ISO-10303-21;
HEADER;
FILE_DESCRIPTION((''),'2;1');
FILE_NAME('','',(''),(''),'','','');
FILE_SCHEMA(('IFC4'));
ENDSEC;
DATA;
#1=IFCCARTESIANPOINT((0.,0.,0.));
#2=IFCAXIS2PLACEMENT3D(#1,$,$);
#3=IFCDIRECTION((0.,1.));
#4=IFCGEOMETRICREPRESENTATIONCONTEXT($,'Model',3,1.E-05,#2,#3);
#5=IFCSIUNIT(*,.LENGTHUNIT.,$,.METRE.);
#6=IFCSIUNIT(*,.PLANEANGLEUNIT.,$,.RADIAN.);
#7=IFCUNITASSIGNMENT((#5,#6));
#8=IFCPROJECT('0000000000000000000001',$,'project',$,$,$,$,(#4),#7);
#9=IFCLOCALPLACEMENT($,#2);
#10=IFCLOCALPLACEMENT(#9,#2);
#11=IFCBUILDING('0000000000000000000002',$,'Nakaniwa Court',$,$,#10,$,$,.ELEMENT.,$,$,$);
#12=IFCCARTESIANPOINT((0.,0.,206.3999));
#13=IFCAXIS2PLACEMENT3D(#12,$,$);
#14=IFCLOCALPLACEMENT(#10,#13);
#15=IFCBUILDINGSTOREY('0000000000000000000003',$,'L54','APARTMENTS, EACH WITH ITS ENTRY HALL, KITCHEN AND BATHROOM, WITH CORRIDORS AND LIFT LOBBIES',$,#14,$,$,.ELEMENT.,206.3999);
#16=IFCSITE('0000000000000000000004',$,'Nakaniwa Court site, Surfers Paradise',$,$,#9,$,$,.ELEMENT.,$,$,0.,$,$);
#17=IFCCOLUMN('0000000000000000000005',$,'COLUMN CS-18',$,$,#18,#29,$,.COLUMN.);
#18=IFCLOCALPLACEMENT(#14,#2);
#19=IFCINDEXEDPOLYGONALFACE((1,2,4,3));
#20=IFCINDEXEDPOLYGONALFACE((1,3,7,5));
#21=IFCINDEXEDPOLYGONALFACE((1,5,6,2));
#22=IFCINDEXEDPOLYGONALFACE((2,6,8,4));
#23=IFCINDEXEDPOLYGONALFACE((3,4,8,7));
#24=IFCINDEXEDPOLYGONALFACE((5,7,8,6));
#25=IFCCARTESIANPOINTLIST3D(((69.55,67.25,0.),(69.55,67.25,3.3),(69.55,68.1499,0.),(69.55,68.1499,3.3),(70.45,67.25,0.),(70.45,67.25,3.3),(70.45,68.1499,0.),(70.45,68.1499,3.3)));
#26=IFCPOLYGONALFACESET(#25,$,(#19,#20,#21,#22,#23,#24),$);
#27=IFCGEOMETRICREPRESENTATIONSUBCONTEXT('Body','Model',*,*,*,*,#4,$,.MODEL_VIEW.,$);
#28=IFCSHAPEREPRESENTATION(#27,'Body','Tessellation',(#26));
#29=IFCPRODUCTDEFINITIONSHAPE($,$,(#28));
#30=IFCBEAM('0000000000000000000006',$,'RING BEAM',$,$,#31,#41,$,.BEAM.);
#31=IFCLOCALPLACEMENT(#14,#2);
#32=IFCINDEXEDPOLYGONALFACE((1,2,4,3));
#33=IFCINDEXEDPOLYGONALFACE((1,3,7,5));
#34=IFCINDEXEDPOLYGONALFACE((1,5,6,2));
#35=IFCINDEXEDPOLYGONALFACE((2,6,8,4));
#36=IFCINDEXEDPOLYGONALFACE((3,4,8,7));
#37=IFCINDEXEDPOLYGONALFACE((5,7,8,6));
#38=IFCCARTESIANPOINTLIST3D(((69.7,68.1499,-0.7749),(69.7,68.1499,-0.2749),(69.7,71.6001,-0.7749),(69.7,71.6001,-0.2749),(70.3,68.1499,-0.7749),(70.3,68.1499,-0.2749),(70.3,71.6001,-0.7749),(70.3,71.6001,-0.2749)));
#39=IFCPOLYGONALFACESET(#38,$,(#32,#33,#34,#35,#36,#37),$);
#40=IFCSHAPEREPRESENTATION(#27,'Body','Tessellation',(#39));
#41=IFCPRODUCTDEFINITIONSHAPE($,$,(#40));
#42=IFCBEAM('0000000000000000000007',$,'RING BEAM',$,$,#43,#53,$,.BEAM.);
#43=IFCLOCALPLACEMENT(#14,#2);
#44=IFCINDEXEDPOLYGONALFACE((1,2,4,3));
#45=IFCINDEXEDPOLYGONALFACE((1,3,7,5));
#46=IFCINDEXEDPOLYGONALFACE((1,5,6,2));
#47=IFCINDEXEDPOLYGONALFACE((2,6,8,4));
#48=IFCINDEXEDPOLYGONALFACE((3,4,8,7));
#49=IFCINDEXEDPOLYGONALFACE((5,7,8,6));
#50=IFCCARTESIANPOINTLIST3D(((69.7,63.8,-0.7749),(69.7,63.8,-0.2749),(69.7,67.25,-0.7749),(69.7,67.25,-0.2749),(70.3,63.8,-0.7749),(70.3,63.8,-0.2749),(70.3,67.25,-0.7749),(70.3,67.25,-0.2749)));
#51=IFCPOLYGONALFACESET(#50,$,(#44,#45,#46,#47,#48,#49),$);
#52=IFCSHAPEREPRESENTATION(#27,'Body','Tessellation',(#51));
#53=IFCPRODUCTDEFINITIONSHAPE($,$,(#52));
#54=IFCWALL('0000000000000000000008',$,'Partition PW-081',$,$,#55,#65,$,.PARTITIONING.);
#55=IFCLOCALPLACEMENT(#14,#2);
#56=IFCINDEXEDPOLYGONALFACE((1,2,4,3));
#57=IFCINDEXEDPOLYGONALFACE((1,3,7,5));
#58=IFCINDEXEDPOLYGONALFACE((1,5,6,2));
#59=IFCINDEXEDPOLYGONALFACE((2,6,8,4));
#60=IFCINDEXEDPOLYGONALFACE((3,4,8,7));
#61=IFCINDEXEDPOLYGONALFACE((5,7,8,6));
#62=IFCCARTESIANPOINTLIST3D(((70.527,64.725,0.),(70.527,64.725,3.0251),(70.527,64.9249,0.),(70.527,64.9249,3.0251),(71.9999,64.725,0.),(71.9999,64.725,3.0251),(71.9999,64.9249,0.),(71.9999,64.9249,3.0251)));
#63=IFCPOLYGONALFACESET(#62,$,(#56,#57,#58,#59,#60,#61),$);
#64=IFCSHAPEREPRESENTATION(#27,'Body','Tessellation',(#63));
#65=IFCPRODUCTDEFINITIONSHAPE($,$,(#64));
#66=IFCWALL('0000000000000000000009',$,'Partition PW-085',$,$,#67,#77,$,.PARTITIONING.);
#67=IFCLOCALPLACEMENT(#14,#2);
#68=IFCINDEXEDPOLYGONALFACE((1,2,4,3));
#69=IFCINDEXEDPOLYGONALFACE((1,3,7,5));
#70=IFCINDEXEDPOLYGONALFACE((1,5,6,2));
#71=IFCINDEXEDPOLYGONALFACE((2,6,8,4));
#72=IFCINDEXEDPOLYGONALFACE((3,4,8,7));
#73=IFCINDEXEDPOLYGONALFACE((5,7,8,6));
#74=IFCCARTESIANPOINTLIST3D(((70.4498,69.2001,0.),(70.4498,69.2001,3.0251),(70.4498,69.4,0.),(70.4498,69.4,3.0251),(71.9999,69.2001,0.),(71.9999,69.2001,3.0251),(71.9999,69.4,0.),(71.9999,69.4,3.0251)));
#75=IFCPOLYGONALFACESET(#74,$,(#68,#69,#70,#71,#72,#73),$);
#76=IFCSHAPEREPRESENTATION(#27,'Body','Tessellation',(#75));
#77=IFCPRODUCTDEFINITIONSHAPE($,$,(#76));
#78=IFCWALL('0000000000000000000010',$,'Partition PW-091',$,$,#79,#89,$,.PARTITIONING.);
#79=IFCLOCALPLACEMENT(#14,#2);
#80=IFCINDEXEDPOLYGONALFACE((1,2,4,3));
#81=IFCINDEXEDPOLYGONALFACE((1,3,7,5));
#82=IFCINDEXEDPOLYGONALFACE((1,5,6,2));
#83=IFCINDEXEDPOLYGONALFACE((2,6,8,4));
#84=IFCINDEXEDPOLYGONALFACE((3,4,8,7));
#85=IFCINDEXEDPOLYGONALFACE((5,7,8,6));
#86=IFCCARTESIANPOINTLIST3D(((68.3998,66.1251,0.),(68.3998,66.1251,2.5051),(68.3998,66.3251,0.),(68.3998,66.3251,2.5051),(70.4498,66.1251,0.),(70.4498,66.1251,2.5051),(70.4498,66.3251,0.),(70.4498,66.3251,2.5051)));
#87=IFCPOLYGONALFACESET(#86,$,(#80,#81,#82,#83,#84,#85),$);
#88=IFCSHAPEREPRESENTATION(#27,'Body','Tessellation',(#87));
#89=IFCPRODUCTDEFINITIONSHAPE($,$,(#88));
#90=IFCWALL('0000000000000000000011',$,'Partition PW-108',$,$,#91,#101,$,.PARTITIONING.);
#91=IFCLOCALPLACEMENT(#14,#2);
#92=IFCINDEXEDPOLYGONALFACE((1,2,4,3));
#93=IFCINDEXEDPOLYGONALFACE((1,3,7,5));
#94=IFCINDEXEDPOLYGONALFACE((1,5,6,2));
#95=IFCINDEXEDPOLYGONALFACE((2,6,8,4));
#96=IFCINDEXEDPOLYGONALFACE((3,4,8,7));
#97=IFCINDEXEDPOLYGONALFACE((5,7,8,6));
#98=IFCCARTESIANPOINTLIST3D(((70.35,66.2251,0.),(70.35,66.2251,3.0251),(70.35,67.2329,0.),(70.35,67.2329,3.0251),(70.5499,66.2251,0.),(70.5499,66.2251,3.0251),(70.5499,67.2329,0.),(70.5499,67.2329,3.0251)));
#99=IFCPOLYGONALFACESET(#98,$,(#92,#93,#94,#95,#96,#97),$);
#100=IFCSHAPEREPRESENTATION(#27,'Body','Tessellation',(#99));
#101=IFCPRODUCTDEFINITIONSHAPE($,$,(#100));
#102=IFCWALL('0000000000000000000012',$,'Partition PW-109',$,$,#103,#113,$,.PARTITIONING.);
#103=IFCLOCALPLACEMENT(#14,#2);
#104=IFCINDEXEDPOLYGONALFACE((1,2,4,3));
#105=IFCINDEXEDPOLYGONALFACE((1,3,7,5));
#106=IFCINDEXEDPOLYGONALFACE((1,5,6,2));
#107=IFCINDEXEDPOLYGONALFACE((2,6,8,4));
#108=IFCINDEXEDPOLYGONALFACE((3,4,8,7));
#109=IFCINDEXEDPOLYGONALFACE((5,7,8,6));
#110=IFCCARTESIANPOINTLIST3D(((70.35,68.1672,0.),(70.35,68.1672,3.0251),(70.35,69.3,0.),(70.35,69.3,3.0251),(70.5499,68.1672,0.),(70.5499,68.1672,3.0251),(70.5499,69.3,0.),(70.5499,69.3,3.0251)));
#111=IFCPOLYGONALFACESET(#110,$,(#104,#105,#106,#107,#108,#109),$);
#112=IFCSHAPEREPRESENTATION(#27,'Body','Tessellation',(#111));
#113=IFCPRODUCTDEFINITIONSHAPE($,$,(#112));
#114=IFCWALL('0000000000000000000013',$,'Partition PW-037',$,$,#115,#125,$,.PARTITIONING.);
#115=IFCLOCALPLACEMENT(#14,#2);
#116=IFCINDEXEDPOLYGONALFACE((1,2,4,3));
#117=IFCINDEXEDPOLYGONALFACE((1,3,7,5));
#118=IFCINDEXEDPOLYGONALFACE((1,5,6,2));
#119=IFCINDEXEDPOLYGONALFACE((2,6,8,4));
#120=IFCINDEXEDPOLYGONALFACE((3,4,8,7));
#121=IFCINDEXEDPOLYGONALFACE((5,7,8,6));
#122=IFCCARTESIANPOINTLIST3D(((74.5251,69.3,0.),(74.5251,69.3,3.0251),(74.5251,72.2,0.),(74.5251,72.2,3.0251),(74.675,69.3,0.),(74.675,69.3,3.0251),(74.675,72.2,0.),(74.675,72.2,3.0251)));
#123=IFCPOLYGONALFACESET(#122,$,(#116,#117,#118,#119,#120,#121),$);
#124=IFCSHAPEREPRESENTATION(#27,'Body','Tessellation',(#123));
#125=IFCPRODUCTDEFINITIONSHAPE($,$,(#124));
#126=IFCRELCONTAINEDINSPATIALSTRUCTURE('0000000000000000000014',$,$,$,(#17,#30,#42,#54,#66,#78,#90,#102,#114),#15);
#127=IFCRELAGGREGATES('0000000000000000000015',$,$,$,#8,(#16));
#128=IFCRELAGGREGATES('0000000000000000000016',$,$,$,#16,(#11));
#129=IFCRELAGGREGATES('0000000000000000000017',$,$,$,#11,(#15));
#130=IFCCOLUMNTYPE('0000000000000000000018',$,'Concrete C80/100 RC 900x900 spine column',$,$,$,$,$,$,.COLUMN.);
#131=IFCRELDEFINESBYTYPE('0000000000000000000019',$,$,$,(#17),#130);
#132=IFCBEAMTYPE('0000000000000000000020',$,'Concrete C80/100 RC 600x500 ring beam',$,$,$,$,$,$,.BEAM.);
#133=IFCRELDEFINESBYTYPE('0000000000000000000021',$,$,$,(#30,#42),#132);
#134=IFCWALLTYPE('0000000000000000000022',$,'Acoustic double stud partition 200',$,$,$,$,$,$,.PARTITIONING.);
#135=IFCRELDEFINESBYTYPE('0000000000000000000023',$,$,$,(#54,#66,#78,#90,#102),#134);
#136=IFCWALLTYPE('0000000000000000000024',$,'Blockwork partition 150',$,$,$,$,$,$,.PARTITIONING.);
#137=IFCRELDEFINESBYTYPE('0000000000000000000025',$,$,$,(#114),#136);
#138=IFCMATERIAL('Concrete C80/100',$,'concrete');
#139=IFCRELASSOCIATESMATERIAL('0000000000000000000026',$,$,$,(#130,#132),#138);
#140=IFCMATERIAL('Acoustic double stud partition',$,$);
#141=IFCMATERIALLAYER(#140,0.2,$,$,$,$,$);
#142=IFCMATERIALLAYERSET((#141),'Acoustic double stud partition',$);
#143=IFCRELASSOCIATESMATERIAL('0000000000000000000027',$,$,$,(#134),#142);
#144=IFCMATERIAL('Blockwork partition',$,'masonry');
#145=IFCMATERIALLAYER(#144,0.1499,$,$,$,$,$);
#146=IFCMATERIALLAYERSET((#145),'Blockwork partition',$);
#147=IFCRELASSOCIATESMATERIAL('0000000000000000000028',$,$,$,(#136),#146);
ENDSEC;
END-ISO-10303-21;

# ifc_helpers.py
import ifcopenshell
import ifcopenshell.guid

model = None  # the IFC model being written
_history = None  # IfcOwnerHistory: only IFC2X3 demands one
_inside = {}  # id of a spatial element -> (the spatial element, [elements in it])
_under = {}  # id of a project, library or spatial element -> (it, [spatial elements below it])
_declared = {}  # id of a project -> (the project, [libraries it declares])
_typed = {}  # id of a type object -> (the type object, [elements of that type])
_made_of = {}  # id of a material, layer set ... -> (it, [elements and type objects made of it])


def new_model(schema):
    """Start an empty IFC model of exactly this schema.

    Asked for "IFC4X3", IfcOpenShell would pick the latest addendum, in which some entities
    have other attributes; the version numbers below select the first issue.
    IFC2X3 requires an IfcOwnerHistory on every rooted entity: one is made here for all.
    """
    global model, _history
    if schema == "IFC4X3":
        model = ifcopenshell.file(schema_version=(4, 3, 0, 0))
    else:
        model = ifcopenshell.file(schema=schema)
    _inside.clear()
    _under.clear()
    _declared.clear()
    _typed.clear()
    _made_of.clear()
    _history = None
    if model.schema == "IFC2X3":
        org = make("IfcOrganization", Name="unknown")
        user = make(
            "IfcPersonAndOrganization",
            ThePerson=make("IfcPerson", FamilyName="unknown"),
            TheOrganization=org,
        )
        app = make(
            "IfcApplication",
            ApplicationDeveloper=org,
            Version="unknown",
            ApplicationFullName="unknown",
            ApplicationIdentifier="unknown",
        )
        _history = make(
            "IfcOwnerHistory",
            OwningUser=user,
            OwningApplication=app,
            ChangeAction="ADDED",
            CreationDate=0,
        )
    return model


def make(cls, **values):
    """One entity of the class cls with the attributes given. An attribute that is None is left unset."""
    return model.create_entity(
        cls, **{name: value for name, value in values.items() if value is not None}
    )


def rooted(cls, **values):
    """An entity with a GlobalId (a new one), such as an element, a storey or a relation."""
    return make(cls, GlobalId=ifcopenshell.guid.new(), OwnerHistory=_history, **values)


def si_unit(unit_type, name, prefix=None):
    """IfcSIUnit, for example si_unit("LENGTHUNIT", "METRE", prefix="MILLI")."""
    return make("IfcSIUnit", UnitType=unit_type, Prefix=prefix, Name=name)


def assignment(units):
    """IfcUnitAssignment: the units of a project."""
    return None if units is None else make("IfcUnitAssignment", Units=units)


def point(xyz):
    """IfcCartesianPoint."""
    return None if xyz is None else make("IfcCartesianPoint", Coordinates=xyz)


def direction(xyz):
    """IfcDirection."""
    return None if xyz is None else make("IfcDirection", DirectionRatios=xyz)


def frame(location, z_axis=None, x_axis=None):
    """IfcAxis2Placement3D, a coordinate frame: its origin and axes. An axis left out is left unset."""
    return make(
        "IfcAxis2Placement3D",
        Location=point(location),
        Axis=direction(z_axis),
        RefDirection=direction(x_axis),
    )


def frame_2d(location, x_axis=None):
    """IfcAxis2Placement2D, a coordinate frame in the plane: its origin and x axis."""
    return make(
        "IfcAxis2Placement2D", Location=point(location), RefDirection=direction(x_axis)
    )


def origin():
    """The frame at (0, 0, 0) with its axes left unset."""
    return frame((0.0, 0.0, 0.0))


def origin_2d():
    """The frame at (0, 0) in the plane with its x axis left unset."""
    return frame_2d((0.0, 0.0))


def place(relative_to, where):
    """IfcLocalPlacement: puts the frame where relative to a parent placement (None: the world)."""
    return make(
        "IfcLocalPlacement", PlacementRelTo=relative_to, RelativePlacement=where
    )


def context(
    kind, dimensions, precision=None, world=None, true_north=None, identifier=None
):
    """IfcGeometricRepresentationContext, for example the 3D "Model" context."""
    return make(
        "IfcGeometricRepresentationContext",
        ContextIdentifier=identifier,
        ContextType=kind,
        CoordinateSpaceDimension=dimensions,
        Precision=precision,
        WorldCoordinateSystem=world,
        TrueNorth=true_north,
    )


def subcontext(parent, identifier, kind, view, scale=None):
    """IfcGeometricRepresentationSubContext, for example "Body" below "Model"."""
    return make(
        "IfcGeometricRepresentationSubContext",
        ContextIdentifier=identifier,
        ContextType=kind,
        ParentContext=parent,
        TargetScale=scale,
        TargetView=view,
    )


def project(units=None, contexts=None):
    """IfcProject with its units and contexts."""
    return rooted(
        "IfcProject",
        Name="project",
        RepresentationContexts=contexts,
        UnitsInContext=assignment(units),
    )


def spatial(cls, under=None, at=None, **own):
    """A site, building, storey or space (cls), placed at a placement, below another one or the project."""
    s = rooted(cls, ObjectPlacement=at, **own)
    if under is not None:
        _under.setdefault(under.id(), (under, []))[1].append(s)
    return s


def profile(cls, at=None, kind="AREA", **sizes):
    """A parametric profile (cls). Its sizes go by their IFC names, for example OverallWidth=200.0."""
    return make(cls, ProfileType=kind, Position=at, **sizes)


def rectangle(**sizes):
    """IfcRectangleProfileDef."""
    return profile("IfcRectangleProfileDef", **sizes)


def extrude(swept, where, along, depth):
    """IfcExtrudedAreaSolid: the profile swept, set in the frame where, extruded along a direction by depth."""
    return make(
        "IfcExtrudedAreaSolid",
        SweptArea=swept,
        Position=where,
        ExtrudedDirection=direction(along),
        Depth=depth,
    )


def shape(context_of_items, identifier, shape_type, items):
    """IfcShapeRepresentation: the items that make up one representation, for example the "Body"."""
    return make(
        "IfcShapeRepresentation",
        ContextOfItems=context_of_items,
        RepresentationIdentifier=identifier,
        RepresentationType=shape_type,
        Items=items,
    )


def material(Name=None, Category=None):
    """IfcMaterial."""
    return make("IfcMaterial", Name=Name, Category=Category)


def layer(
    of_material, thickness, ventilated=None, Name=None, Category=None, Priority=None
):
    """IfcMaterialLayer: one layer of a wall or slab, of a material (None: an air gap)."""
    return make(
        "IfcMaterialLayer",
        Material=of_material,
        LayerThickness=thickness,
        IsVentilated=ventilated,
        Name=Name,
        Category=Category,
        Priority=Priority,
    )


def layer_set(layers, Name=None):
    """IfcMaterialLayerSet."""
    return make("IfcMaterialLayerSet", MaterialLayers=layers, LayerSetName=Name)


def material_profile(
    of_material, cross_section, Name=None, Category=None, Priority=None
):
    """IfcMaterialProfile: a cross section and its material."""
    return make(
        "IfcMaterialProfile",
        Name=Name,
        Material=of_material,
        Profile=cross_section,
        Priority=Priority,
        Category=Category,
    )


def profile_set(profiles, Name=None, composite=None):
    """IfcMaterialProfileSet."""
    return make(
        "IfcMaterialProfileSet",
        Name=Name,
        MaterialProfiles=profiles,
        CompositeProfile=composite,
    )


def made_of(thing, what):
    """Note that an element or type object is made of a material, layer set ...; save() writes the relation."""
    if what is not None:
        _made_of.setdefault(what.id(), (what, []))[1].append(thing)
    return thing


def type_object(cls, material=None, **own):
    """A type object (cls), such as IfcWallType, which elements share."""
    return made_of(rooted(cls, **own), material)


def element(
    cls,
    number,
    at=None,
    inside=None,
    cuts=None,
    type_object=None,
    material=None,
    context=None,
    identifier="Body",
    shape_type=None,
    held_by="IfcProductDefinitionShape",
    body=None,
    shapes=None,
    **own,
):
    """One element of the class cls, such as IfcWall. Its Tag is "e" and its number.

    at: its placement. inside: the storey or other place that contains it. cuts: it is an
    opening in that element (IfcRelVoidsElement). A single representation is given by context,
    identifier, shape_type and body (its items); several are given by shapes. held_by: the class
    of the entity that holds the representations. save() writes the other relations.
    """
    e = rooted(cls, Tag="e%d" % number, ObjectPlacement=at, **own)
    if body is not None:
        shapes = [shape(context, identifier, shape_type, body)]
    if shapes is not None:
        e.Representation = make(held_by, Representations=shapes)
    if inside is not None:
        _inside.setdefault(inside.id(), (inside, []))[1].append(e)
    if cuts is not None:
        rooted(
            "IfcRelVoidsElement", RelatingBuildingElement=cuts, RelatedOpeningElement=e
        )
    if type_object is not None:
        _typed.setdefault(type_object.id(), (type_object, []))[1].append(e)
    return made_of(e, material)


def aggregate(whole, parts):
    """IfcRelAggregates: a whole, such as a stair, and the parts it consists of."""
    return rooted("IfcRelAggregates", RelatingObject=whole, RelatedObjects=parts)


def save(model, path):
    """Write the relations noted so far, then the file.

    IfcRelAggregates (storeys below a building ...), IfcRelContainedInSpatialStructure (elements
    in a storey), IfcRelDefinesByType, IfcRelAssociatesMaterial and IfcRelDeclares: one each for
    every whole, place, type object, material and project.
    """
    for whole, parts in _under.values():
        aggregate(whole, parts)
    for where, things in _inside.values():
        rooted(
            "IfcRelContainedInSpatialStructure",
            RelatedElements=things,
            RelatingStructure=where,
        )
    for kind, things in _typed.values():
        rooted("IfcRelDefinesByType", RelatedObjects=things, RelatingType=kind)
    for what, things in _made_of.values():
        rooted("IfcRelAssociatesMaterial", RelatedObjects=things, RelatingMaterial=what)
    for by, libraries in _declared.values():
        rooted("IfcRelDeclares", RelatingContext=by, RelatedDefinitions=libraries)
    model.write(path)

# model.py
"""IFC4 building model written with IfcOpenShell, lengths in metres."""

from ifc_helpers import new_model, si_unit, direction, frame, frame_2d, origin, origin_2d, place, context, subcontext, project, spatial, rectangle, extrude, material, layer, layer_set, material_profile, profile_set, type_object, element, save


model = new_model("IFC4")

# Units and contexts
model_context = context("Model", 3, precision=1e-05, world=origin(), true_north=direction((0.0, 1.0)))
body_context = subcontext(model_context, "Body", "Model", "MODEL_VIEW")
ifc_project = project(units=[si_unit("LENGTHUNIT", "METRE"), si_unit("PLANEANGLEUNIT", "RADIAN")], contexts=[model_context])

# Site, building, storey
site_placement = place(None, origin())
site = spatial("IfcSite", under=ifc_project, at=site_placement, Name="Nakaniwa Court site, Surfers Paradise", CompositionType="ELEMENT", RefElevation=0.0)
building_placement = place(site_placement, origin())
building = spatial("IfcBuilding", under=site, at=building_placement, Name="Nakaniwa Court", CompositionType="ELEMENT")
storey_placement = place(building_placement, frame((0.0, 0.0, 206.3999)))
storey = spatial("IfcBuildingStorey", under=building, at=storey_placement, Name="L54", Description="APARTMENTS, EACH WITH ITS ENTRY HALL, KITCHEN AND BATHROOM, WITH CORRIDORS AND LIFT LOBBIES", CompositionType="ELEMENT", Elevation=206.3999)

# Column
ifc_material_1 = material(Name="Concrete C80/100", Category="concrete")
ifc_material_profile_1 = material_profile(ifc_material_1, rectangle(XDim=0.8999, YDim=0.8999, at=origin_2d()), Name="Concrete C80/100 RC 900x900 spine column")
ifc_profile_set_1 = profile_set([ifc_material_profile_1], Name="Concrete C80/100")
column_type = type_object("IfcColumnType", Name="Concrete C80/100 RC 900x900 spine column", PredefinedType="COLUMN", material=ifc_profile_set_1)
column_placement = place(storey_placement, frame((70.0, 67.7, 0.0), z_axis=(0.0, 0.0, 1.0), x_axis=(0.0, -1.0, 0.0)))
element("IfcColumn", 1, at=column_placement, inside=storey, type_object=column_type, Name="COLUMN CS-18", PredefinedType="COLUMN", context=body_context, shape_type="SweptSolid", body=[
    extrude(rectangle(XDim=0.8999, YDim=0.8999, at=origin_2d()), origin(), (0.0, 0.0, 1.0), 3.3),
])

# Beams
ifc_material_profile_2 = material_profile(ifc_material_1, rectangle(XDim=0.6001, YDim=0.5, at=origin_2d()), Name="Concrete C80/100 RC 600x500 ring beam")
ifc_profile_set_2 = profile_set([ifc_material_profile_2], Name="Concrete C80/100")
beam_type = type_object("IfcBeamType", Name="Concrete C80/100 RC 600x500 ring beam", PredefinedType="BEAM", material=ifc_profile_set_2)
beam_1_placement = place(storey_placement, frame((70.0, 71.6001, -0.5249), z_axis=(0.0, -1.0, 0.0), x_axis=(1.0, 0.0, 0.0)))
element("IfcBeam", 2, at=beam_1_placement, inside=storey, type_object=beam_type, Name="RING BEAM", PredefinedType="BEAM", context=body_context, shape_type="SweptSolid", body=[
    extrude(rectangle(XDim=0.6001, YDim=0.5, at=origin_2d()), origin(), (0.0, 0.0, 1.0), 3.4502),
])
beam_2_placement = place(storey_placement, frame((70.0, 67.25, -0.5249), z_axis=(0.0, -1.0, 0.0), x_axis=(1.0, 0.0, 0.0)))
element("IfcBeam", 3, at=beam_2_placement, inside=storey, type_object=beam_type, Name="RING BEAM", PredefinedType="BEAM", context=body_context, shape_type="SweptSolid", body=[
    extrude(rectangle(XDim=0.6001, YDim=0.5, at=origin_2d()), origin(), (0.0, 0.0, 1.0), 3.45),
])

# Walls
ifc_material_2 = material(Name="Acoustic double stud partition")
ifc_layer_1 = layer(ifc_material_2, 0.2)
ifc_layer_set_1 = layer_set([ifc_layer_1], Name="Acoustic double stud partition")
wall_type_1 = type_object("IfcWallType", Name="Acoustic double stud partition 200", PredefinedType="PARTITIONING", material=ifc_layer_set_1)
wall_1_placement = place(storey_placement, frame((70.5271, 64.825, 0.0), z_axis=(0.0, 0.0, 1.0), x_axis=(1.0, 0.0, 0.0)))
element("IfcWall", 4, at=wall_1_placement, inside=storey, type_object=wall_type_1, Name="Partition PW-081", PredefinedType="PARTITIONING", context=body_context, shape_type="SweptSolid", body=[
    extrude(rectangle(XDim=1.4729, YDim=0.2, at=frame_2d((0.7363, 0.0))), origin(), (0.0, 0.0, 1.0), 3.0251),
])
wall_2_placement = place(storey_placement, frame((70.45, 69.3, 0.0), z_axis=(0.0, 0.0, 1.0), x_axis=(1.0, 0.0, 0.0)))
element("IfcWall", 5, at=wall_2_placement, inside=storey, type_object=wall_type_1, Name="Partition PW-085", PredefinedType="PARTITIONING", context=body_context, shape_type="SweptSolid", body=[
    extrude(rectangle(XDim=1.55, YDim=0.2, at=frame_2d((0.7749, 0.0))), origin(), (0.0, 0.0, 1.0), 3.0251),
])
wall_3_placement = place(storey_placement, frame((68.3999, 66.2251, 0.0), z_axis=(0.0, 0.0, 1.0), x_axis=(1.0, 0.0, 0.0)))
element("IfcWall", 6, at=wall_3_placement, inside=storey, type_object=wall_type_1, Name="Partition PW-091", PredefinedType="PARTITIONING", context=body_context, shape_type="SweptSolid", body=[
    extrude(rectangle(XDim=2.05, YDim=0.2, at=frame_2d((1.0249, 0.0))), origin(), (0.0, 0.0, 1.0), 2.5051),
])
wall_4_placement = place(storey_placement, frame((70.45, 66.2251, 0.0), z_axis=(0.0, 0.0, 1.0), x_axis=(0.0, 1.0, 0.0)))
element("IfcWall", 7, at=wall_4_placement, inside=storey, type_object=wall_type_1, Name="Partition PW-108", PredefinedType="PARTITIONING", context=body_context, shape_type="SweptSolid", body=[
    extrude(rectangle(XDim=1.0078, YDim=0.2, at=frame_2d((0.5039, 0.0))), origin(), (0.0, 0.0, 1.0), 3.0251),
])
wall_5_placement = place(storey_placement, frame((70.45, 68.1672, 0.0), z_axis=(0.0, 0.0, 1.0), x_axis=(0.0, 1.0, 0.0)))
element("IfcWall", 8, at=wall_5_placement, inside=storey, type_object=wall_type_1, Name="Partition PW-109", PredefinedType="PARTITIONING", context=body_context, shape_type="SweptSolid", body=[
    extrude(rectangle(XDim=1.1328, YDim=0.2, at=frame_2d((0.5664, 0.0))), origin(), (0.0, 0.0, 1.0), 3.0251),
])
ifc_material_3 = material(Name="Blockwork partition", Category="masonry")
ifc_layer_2 = layer(ifc_material_3, 0.1499)
ifc_layer_set_2 = layer_set([ifc_layer_2], Name="Blockwork partition")
wall_type_2 = type_object("IfcWallType", Name="Blockwork partition 150", PredefinedType="PARTITIONING", material=ifc_layer_set_2)
wall_6_placement = place(storey_placement, frame((74.6001, 69.3, 0.0), z_axis=(0.0, 0.0, 1.0), x_axis=(0.0, 1.0, 0.0)))
element("IfcWall", 9, at=wall_6_placement, inside=storey, type_object=wall_type_2, Name="Partition PW-037", PredefinedType="PARTITIONING", context=body_context, shape_type="SweptSolid", body=[
    extrude(rectangle(XDim=2.8999, YDim=0.1499, at=frame_2d((1.45, 0.0))), origin(), (0.0, 0.0, 1.0), 3.0251),
])

save(model, "model.ifc")
